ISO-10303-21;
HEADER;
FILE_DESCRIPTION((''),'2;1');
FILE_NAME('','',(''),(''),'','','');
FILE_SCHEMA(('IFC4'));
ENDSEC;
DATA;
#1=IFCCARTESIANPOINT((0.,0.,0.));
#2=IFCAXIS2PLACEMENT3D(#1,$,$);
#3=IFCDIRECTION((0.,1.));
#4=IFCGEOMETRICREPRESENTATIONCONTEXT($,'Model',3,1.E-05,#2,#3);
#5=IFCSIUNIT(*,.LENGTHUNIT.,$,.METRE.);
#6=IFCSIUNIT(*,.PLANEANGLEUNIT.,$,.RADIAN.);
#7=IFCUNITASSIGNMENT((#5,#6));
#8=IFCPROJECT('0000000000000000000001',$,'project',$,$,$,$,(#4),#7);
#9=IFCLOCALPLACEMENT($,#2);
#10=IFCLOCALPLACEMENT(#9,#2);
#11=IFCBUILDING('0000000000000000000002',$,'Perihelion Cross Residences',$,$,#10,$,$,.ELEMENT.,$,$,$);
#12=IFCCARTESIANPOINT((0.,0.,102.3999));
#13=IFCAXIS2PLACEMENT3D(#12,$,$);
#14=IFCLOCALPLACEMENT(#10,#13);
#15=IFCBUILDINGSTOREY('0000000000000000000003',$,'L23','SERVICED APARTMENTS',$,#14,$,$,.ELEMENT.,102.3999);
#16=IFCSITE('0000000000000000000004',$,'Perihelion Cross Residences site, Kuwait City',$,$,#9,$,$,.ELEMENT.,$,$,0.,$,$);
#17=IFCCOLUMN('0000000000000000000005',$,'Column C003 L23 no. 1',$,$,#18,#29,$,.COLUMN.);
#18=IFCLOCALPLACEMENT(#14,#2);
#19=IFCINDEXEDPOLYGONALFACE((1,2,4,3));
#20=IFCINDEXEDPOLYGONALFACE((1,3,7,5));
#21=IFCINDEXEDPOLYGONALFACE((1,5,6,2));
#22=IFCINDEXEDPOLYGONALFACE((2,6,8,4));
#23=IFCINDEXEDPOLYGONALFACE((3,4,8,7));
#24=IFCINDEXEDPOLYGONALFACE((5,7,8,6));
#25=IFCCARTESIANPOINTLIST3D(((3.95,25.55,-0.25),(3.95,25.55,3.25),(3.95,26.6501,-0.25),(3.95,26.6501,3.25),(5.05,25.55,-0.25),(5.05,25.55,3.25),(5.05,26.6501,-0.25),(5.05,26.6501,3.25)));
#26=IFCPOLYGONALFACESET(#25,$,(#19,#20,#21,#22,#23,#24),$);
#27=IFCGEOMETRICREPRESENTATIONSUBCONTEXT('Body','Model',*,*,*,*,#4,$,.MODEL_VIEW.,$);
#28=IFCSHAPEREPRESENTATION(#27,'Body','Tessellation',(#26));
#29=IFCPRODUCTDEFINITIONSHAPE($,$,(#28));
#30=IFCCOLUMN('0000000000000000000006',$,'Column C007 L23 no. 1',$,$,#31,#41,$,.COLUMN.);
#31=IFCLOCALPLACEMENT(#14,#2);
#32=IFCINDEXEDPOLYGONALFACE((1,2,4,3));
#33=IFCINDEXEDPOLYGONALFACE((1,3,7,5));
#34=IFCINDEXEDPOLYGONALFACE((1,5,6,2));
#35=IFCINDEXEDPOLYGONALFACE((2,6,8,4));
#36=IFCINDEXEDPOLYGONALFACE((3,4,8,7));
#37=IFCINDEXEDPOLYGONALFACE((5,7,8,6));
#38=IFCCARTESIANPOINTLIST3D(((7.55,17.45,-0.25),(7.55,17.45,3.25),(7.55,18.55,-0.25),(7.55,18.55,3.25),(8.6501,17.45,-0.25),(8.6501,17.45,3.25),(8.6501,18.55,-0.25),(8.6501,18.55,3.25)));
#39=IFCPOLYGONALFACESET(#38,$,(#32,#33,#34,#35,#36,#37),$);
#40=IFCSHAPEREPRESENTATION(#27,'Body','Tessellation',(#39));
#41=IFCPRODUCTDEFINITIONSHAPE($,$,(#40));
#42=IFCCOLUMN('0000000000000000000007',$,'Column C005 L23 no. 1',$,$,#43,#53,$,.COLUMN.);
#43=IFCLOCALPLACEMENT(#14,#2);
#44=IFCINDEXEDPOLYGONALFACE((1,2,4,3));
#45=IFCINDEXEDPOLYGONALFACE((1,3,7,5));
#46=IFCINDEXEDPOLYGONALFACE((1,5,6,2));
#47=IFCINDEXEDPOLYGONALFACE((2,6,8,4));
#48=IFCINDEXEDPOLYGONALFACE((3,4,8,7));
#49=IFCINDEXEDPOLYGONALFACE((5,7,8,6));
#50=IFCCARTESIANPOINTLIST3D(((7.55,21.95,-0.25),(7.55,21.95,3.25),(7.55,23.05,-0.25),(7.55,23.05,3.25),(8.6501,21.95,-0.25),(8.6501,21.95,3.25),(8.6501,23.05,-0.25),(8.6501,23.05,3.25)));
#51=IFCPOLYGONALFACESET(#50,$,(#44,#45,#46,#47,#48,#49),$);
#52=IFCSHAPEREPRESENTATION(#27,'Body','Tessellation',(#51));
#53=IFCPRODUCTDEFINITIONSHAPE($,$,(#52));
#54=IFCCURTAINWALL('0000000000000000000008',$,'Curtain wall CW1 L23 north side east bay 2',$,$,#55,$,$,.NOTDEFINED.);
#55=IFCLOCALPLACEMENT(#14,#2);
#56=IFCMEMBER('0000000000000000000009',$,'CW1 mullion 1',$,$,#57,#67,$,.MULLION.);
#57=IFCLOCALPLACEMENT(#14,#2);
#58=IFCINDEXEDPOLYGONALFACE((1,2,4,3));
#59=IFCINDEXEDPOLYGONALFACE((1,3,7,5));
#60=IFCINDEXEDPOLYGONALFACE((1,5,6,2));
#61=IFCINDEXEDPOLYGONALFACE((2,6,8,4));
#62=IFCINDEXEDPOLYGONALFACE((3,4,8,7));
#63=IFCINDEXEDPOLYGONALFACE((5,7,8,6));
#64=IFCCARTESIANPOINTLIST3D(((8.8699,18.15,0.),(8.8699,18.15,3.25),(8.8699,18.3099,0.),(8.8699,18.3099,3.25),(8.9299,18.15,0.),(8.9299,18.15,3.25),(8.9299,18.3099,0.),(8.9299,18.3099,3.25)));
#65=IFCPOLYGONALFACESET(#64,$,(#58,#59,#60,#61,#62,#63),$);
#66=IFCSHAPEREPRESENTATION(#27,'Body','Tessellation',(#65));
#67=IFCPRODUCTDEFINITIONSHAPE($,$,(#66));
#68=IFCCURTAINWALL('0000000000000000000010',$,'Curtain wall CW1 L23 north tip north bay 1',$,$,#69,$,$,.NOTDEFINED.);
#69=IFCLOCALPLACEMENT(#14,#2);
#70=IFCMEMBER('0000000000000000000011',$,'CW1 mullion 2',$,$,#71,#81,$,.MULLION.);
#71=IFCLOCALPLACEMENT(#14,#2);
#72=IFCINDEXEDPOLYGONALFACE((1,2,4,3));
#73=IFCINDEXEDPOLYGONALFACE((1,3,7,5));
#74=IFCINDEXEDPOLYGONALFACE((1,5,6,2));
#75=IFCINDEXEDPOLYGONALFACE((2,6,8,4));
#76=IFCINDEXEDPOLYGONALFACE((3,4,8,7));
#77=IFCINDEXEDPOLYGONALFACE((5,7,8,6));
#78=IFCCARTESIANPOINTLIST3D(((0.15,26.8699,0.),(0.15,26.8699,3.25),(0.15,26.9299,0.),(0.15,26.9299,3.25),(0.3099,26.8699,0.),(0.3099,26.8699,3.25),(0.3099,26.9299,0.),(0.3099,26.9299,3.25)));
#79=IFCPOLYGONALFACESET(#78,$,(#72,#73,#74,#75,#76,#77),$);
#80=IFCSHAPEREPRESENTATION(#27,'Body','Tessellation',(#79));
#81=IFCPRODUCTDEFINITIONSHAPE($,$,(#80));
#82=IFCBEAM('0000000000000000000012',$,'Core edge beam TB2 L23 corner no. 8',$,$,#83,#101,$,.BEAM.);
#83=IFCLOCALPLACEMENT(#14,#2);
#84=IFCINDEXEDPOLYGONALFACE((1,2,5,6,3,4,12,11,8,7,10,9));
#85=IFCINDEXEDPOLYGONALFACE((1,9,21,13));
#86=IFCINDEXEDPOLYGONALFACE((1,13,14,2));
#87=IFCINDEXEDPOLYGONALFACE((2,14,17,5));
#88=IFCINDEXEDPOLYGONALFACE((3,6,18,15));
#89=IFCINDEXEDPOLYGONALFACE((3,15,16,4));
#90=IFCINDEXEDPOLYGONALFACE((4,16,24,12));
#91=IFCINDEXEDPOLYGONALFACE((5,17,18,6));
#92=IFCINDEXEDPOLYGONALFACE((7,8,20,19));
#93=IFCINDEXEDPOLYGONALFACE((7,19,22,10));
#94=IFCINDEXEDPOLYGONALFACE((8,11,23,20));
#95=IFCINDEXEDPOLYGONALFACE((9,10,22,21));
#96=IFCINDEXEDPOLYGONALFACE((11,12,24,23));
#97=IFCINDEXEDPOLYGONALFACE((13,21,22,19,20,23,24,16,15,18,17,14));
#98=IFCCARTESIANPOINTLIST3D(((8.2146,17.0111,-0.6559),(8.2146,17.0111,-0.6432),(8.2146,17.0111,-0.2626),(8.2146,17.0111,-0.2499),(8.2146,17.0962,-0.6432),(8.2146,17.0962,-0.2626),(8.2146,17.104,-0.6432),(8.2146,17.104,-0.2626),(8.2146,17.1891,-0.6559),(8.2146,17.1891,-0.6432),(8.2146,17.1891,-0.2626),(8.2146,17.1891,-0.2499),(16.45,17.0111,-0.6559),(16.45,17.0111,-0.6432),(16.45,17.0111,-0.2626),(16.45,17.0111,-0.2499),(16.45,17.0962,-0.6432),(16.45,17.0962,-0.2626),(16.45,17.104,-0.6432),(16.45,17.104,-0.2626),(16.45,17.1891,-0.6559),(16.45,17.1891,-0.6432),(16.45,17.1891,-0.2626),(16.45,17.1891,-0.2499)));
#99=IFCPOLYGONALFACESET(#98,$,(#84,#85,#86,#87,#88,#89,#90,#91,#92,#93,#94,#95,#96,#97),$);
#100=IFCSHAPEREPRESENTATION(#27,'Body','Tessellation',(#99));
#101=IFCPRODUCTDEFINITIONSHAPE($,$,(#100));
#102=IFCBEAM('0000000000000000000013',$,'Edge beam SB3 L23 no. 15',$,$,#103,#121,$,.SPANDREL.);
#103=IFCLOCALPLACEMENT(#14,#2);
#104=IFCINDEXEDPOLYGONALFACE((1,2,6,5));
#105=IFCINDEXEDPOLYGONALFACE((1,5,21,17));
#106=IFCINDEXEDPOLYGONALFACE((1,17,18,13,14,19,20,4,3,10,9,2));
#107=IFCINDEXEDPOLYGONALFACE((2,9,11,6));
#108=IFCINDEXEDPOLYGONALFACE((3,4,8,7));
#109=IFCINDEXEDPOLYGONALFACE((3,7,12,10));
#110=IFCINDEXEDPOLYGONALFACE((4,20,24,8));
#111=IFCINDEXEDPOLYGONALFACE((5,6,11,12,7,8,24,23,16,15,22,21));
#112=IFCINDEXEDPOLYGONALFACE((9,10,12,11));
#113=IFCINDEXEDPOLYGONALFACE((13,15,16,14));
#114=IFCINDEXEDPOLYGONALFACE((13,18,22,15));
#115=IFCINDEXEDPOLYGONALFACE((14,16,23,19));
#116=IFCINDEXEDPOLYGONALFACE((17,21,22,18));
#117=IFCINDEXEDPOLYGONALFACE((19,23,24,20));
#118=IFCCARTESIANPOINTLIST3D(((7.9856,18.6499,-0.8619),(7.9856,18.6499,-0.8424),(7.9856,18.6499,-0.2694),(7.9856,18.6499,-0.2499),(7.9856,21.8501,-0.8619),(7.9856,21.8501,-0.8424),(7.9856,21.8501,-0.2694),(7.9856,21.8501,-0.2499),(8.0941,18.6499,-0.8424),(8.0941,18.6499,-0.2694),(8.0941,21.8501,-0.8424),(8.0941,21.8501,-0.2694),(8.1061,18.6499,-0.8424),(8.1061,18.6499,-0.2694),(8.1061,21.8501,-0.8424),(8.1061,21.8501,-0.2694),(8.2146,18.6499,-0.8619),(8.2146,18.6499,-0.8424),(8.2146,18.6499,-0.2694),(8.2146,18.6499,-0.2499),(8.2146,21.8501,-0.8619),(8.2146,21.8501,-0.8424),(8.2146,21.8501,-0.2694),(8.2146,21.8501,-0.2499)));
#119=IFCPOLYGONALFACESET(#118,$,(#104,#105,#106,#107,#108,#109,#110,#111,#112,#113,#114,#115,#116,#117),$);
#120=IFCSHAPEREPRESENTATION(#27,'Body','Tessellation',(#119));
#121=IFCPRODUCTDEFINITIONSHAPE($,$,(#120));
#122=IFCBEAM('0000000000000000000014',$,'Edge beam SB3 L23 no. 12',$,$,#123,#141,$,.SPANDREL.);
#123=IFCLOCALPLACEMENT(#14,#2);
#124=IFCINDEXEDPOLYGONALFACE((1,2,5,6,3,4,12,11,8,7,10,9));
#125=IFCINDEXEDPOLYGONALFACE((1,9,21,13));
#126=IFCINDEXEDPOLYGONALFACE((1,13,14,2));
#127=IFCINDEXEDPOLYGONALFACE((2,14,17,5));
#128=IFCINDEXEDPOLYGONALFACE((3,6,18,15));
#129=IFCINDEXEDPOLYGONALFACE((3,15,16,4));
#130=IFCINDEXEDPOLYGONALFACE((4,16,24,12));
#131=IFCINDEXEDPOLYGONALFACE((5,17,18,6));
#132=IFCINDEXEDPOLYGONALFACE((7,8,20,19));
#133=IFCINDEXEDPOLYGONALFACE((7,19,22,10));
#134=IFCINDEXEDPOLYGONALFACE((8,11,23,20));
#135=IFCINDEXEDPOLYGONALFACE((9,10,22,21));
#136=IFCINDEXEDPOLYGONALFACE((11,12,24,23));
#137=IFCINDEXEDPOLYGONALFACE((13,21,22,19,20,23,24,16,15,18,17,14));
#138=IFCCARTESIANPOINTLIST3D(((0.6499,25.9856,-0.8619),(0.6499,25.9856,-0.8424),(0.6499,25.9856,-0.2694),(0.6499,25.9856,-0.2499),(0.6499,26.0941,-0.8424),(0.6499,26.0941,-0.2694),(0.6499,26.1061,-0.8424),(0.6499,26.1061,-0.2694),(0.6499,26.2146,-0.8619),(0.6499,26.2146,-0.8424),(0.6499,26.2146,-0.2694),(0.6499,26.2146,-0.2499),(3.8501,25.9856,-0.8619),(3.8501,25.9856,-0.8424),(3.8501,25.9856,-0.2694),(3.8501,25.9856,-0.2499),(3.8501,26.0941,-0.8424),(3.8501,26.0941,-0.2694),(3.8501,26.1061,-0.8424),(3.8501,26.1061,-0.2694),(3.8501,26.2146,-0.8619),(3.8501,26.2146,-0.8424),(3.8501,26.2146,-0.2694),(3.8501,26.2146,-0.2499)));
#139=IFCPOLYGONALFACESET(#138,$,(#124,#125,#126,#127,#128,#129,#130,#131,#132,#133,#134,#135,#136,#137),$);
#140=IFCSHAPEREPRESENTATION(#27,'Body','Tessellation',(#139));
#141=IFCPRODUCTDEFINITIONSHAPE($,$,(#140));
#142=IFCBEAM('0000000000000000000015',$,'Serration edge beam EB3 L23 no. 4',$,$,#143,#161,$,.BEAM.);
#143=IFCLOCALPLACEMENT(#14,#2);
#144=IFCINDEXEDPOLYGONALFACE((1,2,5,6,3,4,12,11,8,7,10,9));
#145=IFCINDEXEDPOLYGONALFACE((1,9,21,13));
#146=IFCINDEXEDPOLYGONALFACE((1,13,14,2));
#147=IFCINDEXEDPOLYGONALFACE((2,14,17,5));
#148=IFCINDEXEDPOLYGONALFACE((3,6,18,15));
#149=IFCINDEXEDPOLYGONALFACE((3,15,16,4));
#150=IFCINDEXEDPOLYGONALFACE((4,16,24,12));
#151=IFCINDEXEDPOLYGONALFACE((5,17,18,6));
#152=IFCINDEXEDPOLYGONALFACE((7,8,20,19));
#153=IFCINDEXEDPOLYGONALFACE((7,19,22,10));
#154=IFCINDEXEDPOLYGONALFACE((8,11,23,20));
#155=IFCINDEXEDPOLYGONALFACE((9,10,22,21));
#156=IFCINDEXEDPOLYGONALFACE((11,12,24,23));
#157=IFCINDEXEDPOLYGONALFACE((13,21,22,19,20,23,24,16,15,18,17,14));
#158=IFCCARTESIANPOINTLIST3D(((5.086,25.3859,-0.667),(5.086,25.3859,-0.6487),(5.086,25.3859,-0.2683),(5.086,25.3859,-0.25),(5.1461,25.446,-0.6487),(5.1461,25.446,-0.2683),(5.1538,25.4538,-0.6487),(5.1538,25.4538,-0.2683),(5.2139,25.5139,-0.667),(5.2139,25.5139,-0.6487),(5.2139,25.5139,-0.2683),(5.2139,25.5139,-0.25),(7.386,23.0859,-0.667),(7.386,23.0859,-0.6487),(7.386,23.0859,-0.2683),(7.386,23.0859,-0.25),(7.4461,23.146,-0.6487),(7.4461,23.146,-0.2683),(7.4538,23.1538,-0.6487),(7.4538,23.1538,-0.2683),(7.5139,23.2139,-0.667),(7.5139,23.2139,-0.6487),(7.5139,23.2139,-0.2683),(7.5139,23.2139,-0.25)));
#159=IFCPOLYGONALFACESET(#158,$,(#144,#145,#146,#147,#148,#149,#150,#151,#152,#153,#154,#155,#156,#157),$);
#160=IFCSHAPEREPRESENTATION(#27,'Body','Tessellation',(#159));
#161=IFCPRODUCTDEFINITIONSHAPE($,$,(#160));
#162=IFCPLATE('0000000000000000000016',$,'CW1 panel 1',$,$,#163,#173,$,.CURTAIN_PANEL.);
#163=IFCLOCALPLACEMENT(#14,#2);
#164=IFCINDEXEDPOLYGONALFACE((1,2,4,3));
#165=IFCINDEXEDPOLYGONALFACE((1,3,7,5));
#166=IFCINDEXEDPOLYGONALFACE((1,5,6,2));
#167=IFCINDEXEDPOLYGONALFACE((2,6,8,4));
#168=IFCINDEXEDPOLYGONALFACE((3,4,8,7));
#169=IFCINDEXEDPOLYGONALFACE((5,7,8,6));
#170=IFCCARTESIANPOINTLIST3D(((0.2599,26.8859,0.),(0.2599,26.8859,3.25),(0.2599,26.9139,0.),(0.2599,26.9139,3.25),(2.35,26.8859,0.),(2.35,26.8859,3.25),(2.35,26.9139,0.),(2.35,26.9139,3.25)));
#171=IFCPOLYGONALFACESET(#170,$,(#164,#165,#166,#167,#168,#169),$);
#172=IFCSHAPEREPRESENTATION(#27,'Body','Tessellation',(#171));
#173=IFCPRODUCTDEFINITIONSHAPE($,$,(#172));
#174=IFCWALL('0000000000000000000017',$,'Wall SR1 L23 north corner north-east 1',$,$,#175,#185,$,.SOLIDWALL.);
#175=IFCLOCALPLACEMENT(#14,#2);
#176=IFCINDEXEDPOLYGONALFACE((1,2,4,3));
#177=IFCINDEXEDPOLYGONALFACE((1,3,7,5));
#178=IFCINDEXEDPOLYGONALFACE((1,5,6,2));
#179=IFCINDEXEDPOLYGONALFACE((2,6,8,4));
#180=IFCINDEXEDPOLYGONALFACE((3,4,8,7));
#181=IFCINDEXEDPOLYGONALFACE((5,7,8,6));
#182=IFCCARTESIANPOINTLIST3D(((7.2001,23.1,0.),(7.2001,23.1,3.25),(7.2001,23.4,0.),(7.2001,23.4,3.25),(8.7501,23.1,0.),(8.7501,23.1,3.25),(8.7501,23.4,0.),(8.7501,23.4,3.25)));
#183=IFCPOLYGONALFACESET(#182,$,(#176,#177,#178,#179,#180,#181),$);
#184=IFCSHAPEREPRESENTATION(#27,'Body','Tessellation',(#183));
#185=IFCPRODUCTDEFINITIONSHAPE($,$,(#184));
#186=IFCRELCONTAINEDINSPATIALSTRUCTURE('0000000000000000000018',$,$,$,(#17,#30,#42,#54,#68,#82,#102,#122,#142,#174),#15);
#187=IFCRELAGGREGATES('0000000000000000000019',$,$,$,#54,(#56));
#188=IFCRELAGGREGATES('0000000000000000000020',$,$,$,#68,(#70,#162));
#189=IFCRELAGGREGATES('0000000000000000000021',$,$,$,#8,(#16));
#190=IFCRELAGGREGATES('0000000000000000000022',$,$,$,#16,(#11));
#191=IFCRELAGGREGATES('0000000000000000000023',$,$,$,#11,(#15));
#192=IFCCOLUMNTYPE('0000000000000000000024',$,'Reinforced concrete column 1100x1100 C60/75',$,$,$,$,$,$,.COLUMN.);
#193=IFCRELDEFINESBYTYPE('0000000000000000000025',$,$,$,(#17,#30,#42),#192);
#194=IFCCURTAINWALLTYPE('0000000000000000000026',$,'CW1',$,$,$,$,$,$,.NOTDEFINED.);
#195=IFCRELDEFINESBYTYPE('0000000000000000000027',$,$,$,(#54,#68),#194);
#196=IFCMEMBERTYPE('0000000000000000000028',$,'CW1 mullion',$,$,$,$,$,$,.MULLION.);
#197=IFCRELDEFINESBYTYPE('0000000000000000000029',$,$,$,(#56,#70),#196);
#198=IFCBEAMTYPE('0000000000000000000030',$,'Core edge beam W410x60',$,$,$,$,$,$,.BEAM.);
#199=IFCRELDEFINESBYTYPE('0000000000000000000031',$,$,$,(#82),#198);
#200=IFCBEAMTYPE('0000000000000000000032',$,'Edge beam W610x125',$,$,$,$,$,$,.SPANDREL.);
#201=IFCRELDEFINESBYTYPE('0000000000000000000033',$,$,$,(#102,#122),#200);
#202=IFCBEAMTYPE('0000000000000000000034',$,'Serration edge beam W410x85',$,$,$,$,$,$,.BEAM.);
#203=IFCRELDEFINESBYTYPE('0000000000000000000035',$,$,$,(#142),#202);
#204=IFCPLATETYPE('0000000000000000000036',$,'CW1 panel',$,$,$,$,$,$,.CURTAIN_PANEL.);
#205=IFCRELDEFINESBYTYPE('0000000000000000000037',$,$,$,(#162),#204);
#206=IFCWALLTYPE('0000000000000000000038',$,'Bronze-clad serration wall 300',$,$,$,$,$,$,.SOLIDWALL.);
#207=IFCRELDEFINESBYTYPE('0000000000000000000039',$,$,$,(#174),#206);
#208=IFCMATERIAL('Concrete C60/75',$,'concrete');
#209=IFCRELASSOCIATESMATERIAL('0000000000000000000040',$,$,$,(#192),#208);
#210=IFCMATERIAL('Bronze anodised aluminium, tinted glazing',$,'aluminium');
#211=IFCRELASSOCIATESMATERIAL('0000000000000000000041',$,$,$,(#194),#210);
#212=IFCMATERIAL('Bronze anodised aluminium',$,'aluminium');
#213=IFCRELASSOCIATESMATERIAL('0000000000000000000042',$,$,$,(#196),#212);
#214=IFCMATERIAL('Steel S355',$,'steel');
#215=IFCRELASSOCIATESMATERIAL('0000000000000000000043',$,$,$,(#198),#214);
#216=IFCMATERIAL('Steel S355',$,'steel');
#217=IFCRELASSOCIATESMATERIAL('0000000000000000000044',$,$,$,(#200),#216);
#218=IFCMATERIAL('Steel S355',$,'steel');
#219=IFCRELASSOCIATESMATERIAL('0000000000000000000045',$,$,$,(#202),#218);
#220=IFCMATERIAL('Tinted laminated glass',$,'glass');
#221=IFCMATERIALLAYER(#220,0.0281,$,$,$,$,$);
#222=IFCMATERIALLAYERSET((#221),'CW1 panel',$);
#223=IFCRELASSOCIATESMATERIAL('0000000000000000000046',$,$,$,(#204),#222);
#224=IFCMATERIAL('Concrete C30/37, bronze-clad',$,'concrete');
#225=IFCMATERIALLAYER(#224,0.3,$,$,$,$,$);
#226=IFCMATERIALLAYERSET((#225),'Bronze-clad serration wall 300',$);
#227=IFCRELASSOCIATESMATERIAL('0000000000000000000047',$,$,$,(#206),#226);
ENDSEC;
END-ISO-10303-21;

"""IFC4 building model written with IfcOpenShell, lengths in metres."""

from ifc_helpers import new_model, si_unit, direction, frame, frame_2d, origin, origin_2d, place, context, subcontext, project, spatial, rectangle, i_section, extrude, material, layer, layer_set, material_profile, profile_set, type_object, element, aggregate, save


model = new_model("IFC4")

# Units and contexts
model_context = context("Model", 3, precision=1e-05, world=origin(), true_north=direction((0.0, 1.0)))
body_context = subcontext(model_context, "Body", "Model", "MODEL_VIEW")
ifc_project = project(units=[si_unit("LENGTHUNIT", "METRE"), si_unit("PLANEANGLEUNIT", "RADIAN")], contexts=[model_context])

# Site, building, storey
site_placement = place(None, origin())
site = spatial("IfcSite", under=ifc_project, at=site_placement, Name="Perihelion Cross Residences site, Kuwait City", CompositionType="ELEMENT", RefElevation=0.0)
building_placement = place(site_placement, origin())
building = spatial("IfcBuilding", under=site, at=building_placement, Name="Perihelion Cross Residences", CompositionType="ELEMENT")
storey_placement = place(building_placement, frame((0.0, 0.0, 102.3999)))
storey = spatial("IfcBuildingStorey", under=building, at=storey_placement, Name="L23", Description="SERVICED APARTMENTS", CompositionType="ELEMENT", Elevation=102.3999)

# Columns
ifc_material_1 = material(Name="Concrete C60/75", Category="concrete")
ifc_material_profile_1 = material_profile(ifc_material_1, rectangle(XDim=1.1001, YDim=1.1001, at=origin_2d()), Name="RC 1100x1100")
ifc_profile_set_1 = profile_set([ifc_material_profile_1], Name="Concrete C60/75")
column_type = type_object("IfcColumnType", Name="Reinforced concrete column 1100x1100 C60/75", PredefinedType="COLUMN", material=ifc_profile_set_1)
for number, where, z_axis, x_axis, name in (
    (1, (4.5, 26.1001, -0.25), (0.0, 0.0, 1.0), (1.0, 0.0, 0.0), "Column C003 L23 no. 1"),
    (2, (8.1001, 18.0, -0.25), (0.0, 0.0, 1.0), (1.0, 0.0, 0.0), "Column C007 L23 no. 1"),
    (3, (8.1001, 22.5, -0.25), (0.0, 0.0, 1.0), (1.0, 0.0, 0.0), "Column C005 L23 no. 1"),
):
    element("IfcColumn", number, at=place(storey_placement, frame(where, z_axis=z_axis, x_axis=x_axis)), inside=storey, type_object=column_type, Name=name, PredefinedType="COLUMN", context=body_context, shape_type="SweptSolid", body=[
        extrude(rectangle(XDim=1.1001, YDim=1.1001, at=origin_2d()), origin(), (0.0, 0.0, 1.0), 3.5),
    ])

# Curtain walls, members
ifc_material_2 = material(Name="Bronze anodised aluminium, tinted glazing", Category="aluminium")
curtain_wall_type = type_object("IfcCurtainWallType", Name="CW1", PredefinedType="NOTDEFINED", material=ifc_material_2)
curtain_wall_1_placement = place(storey_placement, origin())
curtain_wall_1 = element("IfcCurtainWall", 4, at=curtain_wall_1_placement, inside=storey, type_object=curtain_wall_type, Name="Curtain wall CW1 L23 north side east bay 2", PredefinedType="NOTDEFINED")
ifc_material_3 = material(Name="Bronze anodised aluminium", Category="aluminium")
ifc_material_profile_2 = material_profile(ifc_material_3, rectangle(XDim=0.0601, YDim=0.1599, at=origin_2d()), Name="CW1 mullion")
ifc_profile_set_2 = profile_set([ifc_material_profile_2], Name="Bronze anodised aluminium")
member_type = type_object("IfcMemberType", Name="CW1 mullion", PredefinedType="MULLION", material=ifc_profile_set_2)
member_1_placement = place(storey_placement, frame((8.8999, 18.23, 0.0), z_axis=(0.0, 0.0, 1.0), x_axis=(-1.0, 0.0, 0.0)))
member_1 = element("IfcMember", 5, at=member_1_placement, type_object=member_type, Name="CW1 mullion 1", PredefinedType="MULLION", context=body_context, shape_type="SweptSolid", body=[
    extrude(rectangle(XDim=0.0601, YDim=0.1599, at=origin_2d()), origin(), (0.0, 0.0, 1.0), 3.25),
])
aggregate(curtain_wall_1, [member_1])
curtain_wall_2_placement = place(storey_placement, origin())
curtain_wall_2 = element("IfcCurtainWall", 6, at=curtain_wall_2_placement, inside=storey, type_object=curtain_wall_type, Name="Curtain wall CW1 L23 north tip north bay 1", PredefinedType="NOTDEFINED")
member_2_placement = place(storey_placement, frame((0.23, 26.8999, 0.0), z_axis=(0.0, 0.0, 1.0), x_axis=(0.0, -1.0, 0.0)))
member_2 = element("IfcMember", 7, at=member_2_placement, type_object=member_type, Name="CW1 mullion 2", PredefinedType="MULLION", context=body_context, shape_type="SweptSolid", body=[
    extrude(rectangle(XDim=0.0601, YDim=0.1599, at=origin_2d()), origin(), (0.0, 0.0, 1.0), 3.25),
])

# Beams
ifc_material_4 = material(Name="Steel S355", Category="steel")
ifc_material_profile_3 = material_profile(ifc_material_4, i_section(OverallWidth=0.178, OverallDepth=0.406, WebThickness=0.0078, FlangeThickness=0.0127, at=origin_2d()), Name="W410x60")
ifc_profile_set_3 = profile_set([ifc_material_profile_3], Name="Steel S355")
beam_type_1 = type_object("IfcBeamType", Name="Core edge beam W410x60", PredefinedType="BEAM", material=ifc_profile_set_3)
beam_1_placement = place(storey_placement, frame((8.2146, 17.1001, -0.4529), z_axis=(1.0, 0.0, 0.0), x_axis=(0.0, 1.0, 0.0)))
element("IfcBeam", 8, at=beam_1_placement, inside=storey, type_object=beam_type_1, Name="Core edge beam TB2 L23 corner no. 8", PredefinedType="BEAM", context=body_context, shape_type="SweptSolid", body=[
    extrude(i_section(OverallWidth=0.178, OverallDepth=0.406, WebThickness=0.0078, FlangeThickness=0.0127, at=origin_2d()), origin(), (0.0, 0.0, 1.0), 8.2354),
])
ifc_material_5 = material(Name="Steel S355", Category="steel")
ifc_material_profile_4 = material_profile(ifc_material_5, i_section(OverallWidth=0.229, OverallDepth=0.6121, WebThickness=0.012, FlangeThickness=0.0195, at=origin_2d()), Name="W610x125")
ifc_profile_set_4 = profile_set([ifc_material_profile_4], Name="Steel S355")
beam_type_2 = type_object("IfcBeamType", Name="Edge beam W610x125", PredefinedType="SPANDREL", material=ifc_profile_set_4)
for number, where, z_axis, x_axis, name in (
    (9, (8.1001, 18.6499, -0.5559), (0.0, 1.0, 0.0), (-1.0, 0.0, 0.0), "Edge beam SB3 L23 no. 15"),
    (10, (3.8501, 26.1001, -0.5559), (-1.0, 0.0, 0.0), (0.0, -1.0, 0.0), "Edge beam SB3 L23 no. 12"),
):
    element("IfcBeam", number, at=place(storey_placement, frame(where, z_axis=z_axis, x_axis=x_axis)), inside=storey, type_object=beam_type_2, Name=name, PredefinedType="SPANDREL", context=body_context, shape_type="SweptSolid", body=[
        extrude(i_section(OverallWidth=0.229, OverallDepth=0.6121, WebThickness=0.012, FlangeThickness=0.0195, at=origin_2d()), origin(), (0.0, 0.0, 1.0), 3.2002),
    ])
ifc_material_6 = material(Name="Steel S355", Category="steel")
ifc_material_profile_5 = material_profile(ifc_material_6, i_section(OverallWidth=0.1809, OverallDepth=0.417, WebThickness=0.011, FlangeThickness=0.0183, at=origin_2d()), Name="W410x85")
ifc_profile_set_5 = profile_set([ifc_material_profile_5], Name="Steel S355")
beam_type_3 = type_object("IfcBeamType", Name="Serration edge beam W410x85", PredefinedType="BEAM", material=ifc_profile_set_5)
beam_2_placement = place(storey_placement, frame((7.45, 23.1499, -0.4585), z_axis=(-0.707107, 0.707107, 0.0), x_axis=(-0.707107, -0.707107, 0.0)))
element("IfcBeam", 11, at=beam_2_placement, inside=storey, type_object=beam_type_3, Name="Serration edge beam EB3 L23 no. 4", PredefinedType="BEAM", context=body_context, shape_type="SweptSolid", body=[
    extrude(i_section(OverallWidth=0.1809, OverallDepth=0.417, WebThickness=0.011, FlangeThickness=0.0183, at=origin_2d()), origin(), (0.0, 0.0, 1.0), 3.2527),
])

# Plate
ifc_material_7 = material(Name="Tinted laminated glass", Category="glass")
ifc_layer_1 = layer(ifc_material_7, 0.0281)
ifc_layer_set_1 = layer_set([ifc_layer_1], Name="CW1 panel")
plate_type = type_object("IfcPlateType", Name="CW1 panel", PredefinedType="CURTAIN_PANEL", material=ifc_layer_set_1)
plate_placement = place(storey_placement, frame((1.3049, 26.8999, 0.0), z_axis=(0.0, 0.0, 1.0), x_axis=(-1.0, 0.0, 0.0)))
plate = element("IfcPlate", 12, at=plate_placement, type_object=plate_type, Name="CW1 panel 1", PredefinedType="CURTAIN_PANEL", context=body_context, shape_type="SweptSolid", body=[
    extrude(rectangle(XDim=2.0901, YDim=0.0281, at=origin_2d()), origin(), (0.0, 0.0, 1.0), 3.25),
])
aggregate(curtain_wall_2, [member_2, plate])

# Wall
ifc_material_8 = material(Name="Concrete C30/37, bronze-clad", Category="concrete")
ifc_layer_2 = layer(ifc_material_8, 0.3)
ifc_layer_set_2 = layer_set([ifc_layer_2], Name="Bronze-clad serration wall 300")
wall_type_1 = type_object("IfcWallType", Name="Bronze-clad serration wall 300", PredefinedType="SOLIDWALL", material=ifc_layer_set_2)
wall_1_placement = place(storey_placement, frame((8.75, 23.25, 0.0), z_axis=(0.0, 0.0, 1.0), x_axis=(-1.0, 0.0, 0.0)))
element("IfcWall", 13, at=wall_1_placement, inside=storey, type_object=wall_type_1, Name="Wall SR1 L23 north corner north-east 1", PredefinedType="SOLIDWALL", context=body_context, shape_type="SweptSolid", body=[
    extrude(rectangle(XDim=1.55, YDim=0.3, at=frame_2d((0.7749, 0.0))), origin(), (0.0, 0.0, 1.0), 3.25),
])

save(model, "model.ifc")
